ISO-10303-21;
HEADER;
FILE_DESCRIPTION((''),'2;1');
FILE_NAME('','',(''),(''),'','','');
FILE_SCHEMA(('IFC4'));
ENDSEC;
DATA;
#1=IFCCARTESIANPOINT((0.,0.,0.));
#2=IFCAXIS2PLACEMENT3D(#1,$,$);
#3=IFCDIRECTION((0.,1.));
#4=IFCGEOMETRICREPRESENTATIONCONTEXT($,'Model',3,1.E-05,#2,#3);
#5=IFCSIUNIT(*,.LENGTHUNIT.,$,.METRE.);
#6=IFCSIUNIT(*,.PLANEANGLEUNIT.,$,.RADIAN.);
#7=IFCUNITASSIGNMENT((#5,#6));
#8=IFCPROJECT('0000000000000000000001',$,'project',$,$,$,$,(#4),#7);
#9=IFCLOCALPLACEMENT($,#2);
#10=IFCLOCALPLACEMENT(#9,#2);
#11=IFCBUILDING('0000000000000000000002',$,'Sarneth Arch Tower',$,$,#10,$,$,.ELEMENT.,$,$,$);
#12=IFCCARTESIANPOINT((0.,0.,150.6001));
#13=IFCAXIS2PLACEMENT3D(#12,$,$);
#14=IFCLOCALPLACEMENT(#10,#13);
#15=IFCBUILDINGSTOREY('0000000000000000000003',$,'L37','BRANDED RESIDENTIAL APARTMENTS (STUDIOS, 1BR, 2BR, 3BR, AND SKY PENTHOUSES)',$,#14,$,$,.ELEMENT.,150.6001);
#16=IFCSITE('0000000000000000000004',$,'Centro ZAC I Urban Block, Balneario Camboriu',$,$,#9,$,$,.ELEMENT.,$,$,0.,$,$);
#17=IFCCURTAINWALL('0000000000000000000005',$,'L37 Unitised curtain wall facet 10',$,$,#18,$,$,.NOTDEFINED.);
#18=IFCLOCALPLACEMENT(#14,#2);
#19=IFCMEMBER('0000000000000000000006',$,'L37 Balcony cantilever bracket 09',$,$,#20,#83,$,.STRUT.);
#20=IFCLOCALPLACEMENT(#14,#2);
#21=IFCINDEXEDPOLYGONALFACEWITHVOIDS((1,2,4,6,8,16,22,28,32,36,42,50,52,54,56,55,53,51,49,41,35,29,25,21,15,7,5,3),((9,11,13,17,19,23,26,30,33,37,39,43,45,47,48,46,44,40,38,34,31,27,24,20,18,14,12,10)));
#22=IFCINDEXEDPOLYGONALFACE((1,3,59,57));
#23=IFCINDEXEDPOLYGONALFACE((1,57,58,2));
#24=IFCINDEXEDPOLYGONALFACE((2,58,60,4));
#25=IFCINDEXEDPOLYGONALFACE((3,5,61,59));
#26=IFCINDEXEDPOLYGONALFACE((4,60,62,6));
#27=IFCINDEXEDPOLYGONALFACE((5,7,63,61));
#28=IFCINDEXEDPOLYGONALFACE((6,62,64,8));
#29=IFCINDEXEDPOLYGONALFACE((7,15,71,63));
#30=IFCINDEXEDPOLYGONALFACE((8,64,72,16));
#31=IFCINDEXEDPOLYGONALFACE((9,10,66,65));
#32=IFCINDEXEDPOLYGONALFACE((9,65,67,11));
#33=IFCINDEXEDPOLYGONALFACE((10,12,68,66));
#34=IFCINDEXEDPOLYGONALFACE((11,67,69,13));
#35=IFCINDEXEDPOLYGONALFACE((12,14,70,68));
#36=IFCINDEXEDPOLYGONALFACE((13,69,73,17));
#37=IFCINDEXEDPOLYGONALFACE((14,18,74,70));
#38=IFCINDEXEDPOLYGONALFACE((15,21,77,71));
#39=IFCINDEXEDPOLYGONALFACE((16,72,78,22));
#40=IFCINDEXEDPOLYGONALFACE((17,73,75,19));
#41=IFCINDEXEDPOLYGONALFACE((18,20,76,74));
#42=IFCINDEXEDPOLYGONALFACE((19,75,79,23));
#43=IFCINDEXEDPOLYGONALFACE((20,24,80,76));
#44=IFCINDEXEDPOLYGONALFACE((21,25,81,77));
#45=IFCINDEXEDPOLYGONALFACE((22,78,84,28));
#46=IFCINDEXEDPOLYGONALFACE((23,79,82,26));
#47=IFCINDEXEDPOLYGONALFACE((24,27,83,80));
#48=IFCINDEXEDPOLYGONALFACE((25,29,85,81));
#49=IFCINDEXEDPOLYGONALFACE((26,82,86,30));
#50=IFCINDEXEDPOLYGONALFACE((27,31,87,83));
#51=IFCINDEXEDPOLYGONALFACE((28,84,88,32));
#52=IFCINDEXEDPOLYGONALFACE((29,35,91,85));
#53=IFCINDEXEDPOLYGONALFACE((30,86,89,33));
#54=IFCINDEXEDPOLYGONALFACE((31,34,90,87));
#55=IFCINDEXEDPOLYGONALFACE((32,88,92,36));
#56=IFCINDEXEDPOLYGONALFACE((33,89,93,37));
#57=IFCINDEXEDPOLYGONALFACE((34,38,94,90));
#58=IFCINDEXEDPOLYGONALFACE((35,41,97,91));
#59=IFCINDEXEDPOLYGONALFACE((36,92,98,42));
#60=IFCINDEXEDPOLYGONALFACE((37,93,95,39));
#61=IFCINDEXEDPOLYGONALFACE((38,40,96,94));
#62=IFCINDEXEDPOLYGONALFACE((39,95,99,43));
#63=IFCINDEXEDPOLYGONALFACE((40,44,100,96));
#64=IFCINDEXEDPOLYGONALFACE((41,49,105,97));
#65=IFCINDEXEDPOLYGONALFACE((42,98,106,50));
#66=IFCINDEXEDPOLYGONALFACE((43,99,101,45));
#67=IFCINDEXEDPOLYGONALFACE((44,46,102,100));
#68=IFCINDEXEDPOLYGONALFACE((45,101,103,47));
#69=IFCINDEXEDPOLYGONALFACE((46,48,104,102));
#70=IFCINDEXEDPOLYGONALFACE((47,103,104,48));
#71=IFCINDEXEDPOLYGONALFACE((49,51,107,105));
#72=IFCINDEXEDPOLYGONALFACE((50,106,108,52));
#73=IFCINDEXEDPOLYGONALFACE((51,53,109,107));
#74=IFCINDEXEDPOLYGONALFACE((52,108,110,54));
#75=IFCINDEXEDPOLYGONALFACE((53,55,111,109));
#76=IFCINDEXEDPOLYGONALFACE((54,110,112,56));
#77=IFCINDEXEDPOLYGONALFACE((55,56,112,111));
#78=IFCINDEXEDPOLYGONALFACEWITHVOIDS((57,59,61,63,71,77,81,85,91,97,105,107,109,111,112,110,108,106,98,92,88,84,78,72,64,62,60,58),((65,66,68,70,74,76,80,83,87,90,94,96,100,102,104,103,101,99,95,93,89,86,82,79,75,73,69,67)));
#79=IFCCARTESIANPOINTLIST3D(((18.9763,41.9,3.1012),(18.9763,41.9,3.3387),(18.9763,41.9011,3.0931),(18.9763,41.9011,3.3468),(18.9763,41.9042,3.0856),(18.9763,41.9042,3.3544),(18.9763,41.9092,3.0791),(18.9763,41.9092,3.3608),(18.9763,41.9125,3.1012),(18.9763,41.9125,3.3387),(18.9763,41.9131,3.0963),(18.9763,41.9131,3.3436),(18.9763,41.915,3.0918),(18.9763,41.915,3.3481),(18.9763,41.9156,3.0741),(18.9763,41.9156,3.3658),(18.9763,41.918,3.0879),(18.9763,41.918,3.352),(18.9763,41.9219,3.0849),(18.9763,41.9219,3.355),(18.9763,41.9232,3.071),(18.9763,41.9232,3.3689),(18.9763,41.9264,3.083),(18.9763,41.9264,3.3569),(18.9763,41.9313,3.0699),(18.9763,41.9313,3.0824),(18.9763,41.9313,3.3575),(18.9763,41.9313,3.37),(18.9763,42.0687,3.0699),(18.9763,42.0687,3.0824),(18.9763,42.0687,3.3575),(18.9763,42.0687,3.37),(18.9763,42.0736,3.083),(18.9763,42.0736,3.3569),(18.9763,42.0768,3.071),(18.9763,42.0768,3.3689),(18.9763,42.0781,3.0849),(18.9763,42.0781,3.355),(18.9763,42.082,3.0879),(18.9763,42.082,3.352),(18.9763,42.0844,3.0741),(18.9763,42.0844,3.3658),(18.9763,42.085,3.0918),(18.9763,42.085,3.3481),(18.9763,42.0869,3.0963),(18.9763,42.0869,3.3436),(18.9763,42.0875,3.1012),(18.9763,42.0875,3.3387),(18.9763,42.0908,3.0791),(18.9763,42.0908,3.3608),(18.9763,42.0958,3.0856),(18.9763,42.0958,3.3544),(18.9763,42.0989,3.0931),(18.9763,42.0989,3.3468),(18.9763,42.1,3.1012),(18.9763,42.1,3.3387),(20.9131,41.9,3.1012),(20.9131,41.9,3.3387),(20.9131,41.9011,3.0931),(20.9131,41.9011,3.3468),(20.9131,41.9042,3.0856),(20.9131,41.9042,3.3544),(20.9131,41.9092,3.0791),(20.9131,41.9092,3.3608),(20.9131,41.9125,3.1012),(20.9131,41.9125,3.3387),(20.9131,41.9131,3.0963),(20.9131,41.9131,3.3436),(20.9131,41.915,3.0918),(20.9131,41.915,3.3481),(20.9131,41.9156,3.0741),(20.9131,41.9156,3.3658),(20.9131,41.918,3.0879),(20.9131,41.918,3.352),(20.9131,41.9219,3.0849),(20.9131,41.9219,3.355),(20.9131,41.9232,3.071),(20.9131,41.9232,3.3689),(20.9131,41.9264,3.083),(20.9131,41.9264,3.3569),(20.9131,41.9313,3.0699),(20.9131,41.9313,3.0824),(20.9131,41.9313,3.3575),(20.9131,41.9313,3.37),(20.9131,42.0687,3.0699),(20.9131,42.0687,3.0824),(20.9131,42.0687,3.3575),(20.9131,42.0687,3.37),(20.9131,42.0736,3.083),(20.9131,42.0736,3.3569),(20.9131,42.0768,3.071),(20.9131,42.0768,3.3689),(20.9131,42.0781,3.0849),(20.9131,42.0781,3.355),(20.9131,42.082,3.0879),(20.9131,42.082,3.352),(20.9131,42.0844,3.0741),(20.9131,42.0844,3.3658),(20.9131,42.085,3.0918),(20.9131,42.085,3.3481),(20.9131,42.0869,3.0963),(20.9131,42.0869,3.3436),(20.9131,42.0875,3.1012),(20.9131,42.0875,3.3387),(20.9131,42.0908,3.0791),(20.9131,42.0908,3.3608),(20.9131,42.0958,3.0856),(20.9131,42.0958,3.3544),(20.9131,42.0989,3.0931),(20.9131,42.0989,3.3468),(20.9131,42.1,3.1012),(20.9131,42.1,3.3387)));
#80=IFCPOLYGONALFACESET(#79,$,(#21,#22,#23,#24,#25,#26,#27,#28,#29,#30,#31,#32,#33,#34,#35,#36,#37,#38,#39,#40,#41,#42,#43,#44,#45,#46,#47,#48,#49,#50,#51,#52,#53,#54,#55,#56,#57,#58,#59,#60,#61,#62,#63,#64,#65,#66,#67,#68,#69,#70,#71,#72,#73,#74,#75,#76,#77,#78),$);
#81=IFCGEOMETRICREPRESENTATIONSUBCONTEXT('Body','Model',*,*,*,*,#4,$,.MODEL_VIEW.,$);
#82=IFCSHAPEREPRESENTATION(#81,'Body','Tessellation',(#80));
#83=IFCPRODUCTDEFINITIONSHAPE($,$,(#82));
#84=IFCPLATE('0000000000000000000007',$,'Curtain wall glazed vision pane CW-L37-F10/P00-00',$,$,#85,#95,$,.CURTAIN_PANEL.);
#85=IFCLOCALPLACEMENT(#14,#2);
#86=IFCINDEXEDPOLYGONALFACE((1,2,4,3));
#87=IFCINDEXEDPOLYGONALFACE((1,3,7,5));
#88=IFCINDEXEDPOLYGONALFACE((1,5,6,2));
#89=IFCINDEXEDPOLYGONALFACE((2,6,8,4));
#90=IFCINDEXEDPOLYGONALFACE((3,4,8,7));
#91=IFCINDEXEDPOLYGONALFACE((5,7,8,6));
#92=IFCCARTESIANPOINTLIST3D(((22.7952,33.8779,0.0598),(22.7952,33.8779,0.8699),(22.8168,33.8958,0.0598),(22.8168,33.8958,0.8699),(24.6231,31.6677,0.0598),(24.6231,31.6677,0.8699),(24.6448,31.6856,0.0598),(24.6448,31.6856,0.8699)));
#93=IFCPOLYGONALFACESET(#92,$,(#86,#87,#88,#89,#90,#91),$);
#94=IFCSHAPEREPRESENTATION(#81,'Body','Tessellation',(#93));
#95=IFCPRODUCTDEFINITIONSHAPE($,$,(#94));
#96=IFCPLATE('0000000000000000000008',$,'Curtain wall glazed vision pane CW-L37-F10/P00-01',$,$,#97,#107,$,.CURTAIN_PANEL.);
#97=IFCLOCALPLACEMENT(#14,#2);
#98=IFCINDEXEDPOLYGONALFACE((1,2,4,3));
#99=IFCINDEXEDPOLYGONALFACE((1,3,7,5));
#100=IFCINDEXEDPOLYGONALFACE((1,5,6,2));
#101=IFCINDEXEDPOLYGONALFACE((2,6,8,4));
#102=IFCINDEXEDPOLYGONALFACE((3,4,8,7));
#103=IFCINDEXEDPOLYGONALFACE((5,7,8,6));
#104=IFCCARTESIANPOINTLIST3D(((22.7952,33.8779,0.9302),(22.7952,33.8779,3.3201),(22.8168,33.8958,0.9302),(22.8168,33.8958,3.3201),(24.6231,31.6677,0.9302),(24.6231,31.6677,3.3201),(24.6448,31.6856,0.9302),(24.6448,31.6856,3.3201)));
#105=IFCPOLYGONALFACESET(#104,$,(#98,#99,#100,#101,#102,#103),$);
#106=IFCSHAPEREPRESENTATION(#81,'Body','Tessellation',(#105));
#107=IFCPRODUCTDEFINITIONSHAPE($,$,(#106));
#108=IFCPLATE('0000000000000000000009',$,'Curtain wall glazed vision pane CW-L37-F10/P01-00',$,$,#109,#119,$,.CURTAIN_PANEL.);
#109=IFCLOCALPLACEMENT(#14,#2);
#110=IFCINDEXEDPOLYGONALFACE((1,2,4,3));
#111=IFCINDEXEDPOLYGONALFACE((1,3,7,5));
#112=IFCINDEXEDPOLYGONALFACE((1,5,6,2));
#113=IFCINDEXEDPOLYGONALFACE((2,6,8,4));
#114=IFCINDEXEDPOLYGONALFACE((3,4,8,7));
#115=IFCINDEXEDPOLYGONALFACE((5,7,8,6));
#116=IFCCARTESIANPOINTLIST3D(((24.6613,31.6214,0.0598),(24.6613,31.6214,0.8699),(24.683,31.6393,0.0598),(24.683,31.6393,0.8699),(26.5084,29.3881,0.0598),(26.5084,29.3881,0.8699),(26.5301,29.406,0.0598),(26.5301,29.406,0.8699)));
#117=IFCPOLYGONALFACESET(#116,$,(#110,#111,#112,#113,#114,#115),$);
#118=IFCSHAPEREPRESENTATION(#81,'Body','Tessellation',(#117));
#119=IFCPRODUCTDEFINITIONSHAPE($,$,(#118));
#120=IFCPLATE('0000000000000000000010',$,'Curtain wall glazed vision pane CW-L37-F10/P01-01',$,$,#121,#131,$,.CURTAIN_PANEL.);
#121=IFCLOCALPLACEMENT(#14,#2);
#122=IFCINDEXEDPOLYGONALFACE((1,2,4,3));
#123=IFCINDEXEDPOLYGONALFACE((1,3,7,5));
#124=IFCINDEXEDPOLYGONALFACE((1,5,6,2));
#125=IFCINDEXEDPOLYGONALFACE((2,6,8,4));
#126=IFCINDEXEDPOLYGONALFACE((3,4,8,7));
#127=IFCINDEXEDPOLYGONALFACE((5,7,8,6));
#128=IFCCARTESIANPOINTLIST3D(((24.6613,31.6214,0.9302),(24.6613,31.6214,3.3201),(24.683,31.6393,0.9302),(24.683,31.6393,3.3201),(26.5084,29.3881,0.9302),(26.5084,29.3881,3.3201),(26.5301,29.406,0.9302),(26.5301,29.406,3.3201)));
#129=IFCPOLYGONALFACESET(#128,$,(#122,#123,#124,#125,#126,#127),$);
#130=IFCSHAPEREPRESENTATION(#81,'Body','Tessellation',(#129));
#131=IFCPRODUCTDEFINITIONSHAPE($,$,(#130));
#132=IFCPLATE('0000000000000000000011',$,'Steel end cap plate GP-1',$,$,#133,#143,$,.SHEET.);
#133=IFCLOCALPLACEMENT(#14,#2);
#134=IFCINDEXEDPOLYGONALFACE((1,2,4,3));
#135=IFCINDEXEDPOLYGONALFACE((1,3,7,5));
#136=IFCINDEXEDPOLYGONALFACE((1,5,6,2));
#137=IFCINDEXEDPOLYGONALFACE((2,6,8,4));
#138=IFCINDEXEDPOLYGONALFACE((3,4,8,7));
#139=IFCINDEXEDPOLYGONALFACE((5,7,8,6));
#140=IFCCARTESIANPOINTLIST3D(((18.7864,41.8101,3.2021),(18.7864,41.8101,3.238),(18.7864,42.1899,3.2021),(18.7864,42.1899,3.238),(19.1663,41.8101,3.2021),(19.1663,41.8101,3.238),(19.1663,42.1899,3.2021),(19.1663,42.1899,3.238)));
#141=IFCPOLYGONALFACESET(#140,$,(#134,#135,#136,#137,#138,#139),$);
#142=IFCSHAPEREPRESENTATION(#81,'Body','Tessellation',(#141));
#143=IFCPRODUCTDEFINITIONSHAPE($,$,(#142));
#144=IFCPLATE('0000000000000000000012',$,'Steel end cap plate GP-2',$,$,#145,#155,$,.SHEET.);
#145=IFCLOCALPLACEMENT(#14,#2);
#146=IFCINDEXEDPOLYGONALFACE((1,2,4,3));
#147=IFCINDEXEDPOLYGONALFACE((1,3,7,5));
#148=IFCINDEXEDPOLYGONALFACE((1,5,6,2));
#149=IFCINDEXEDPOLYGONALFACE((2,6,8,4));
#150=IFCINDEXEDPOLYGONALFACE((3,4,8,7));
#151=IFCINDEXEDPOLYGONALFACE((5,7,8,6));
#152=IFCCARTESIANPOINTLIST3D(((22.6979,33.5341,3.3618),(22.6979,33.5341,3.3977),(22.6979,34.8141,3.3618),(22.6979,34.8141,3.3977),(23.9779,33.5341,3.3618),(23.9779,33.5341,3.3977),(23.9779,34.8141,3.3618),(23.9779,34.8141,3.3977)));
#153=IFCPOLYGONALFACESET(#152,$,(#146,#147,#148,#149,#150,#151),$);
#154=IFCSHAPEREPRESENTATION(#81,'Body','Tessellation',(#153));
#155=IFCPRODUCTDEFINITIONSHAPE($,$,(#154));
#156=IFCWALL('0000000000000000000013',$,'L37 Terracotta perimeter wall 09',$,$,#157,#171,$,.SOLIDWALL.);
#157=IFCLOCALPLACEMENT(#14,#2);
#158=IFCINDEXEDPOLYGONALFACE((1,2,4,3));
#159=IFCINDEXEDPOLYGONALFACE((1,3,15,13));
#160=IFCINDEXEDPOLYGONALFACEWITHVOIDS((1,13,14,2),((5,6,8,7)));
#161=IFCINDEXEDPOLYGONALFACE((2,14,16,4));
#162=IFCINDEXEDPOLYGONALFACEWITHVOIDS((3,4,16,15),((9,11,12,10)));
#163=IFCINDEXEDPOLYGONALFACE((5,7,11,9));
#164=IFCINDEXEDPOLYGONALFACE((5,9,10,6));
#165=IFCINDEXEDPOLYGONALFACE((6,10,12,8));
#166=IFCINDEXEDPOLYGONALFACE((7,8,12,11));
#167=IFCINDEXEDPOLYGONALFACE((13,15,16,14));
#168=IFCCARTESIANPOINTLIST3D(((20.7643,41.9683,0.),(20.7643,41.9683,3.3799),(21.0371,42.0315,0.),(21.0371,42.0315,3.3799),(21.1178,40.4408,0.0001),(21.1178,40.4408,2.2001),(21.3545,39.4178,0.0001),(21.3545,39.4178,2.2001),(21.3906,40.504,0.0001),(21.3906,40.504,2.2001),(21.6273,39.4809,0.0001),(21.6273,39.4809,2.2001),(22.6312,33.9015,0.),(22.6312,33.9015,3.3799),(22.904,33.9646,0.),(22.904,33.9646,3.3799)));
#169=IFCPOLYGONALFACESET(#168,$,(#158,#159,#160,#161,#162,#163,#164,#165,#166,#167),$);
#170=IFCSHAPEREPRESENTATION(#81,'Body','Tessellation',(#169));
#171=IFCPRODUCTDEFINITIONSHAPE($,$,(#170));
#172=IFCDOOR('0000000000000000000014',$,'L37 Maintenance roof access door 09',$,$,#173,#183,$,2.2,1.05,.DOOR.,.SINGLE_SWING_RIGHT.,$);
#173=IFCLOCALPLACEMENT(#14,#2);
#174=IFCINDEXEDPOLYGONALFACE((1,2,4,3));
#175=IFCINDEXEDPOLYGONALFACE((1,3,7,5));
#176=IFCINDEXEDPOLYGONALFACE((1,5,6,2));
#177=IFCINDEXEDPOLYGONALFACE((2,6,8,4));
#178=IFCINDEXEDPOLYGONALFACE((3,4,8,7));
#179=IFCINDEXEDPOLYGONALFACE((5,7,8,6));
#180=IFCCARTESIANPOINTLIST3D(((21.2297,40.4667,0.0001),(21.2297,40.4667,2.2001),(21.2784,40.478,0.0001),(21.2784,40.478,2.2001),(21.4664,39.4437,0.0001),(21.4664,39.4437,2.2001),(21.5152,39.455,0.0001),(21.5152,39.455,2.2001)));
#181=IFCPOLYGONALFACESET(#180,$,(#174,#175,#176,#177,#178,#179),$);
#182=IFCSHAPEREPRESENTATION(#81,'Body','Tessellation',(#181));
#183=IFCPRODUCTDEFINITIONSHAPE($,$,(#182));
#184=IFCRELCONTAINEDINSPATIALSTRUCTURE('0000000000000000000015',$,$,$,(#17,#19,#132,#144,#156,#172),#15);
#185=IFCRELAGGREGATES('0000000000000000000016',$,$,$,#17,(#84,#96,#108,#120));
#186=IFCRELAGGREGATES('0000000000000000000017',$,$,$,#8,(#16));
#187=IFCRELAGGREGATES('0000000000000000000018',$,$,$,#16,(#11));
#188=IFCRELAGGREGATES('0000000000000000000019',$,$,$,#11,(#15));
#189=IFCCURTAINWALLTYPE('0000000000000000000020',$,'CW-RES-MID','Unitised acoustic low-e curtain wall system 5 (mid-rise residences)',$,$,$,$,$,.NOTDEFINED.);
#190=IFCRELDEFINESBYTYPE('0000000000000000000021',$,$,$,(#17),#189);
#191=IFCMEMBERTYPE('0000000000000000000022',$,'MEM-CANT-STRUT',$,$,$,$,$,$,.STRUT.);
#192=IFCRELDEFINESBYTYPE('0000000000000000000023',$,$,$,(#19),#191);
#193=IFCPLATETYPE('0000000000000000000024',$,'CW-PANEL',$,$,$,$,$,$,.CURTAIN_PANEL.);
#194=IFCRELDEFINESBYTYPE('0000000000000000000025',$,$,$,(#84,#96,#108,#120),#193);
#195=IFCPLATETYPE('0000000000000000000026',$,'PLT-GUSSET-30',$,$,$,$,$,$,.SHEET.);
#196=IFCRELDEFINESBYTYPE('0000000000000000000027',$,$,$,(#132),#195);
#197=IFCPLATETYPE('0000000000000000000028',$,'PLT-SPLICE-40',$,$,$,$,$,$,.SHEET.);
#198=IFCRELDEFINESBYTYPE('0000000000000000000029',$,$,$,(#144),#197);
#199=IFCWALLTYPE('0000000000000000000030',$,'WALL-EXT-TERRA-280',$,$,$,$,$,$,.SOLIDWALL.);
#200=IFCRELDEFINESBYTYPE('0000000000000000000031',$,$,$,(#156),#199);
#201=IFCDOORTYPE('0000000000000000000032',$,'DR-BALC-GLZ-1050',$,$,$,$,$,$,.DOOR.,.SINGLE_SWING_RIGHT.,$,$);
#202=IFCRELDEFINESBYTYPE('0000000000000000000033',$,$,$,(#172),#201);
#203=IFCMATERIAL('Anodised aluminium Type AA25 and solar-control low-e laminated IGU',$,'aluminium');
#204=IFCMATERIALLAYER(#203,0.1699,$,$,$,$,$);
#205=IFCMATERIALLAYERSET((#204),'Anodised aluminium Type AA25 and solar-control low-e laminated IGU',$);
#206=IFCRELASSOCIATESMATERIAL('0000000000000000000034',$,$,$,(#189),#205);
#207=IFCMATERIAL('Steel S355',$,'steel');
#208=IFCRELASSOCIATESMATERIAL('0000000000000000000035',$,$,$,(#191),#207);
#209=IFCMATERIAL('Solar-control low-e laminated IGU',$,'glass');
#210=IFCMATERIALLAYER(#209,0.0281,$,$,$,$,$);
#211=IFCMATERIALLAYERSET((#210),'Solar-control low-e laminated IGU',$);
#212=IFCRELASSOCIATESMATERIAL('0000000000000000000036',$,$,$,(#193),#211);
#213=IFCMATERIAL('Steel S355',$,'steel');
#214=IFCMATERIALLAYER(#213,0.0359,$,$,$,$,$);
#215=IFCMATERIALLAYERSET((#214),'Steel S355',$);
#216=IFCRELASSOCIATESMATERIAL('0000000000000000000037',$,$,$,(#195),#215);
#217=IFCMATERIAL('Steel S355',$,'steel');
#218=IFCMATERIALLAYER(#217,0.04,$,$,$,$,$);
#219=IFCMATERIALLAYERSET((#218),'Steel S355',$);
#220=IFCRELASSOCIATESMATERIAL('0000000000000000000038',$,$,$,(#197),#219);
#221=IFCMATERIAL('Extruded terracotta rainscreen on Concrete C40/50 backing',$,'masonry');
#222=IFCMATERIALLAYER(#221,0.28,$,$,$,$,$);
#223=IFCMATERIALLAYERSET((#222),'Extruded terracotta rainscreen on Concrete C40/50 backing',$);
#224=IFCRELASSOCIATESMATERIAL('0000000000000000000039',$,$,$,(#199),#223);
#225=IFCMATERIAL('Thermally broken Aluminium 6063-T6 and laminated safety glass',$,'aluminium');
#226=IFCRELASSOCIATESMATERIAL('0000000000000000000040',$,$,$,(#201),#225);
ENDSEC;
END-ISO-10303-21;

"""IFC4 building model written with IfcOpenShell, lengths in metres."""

from ifc_helpers import new_model, si_unit, direction, frame, frame_2d, origin, origin_2d, place, context, subcontext, project, spatial, rectangle, hollow_rectangle, extrude, material, layer, layer_set, material_profile, profile_set, type_object, element, fill, aggregate, save


model = new_model("IFC4")

# Units and contexts
model_context = context("Model", 3, precision=1e-05, world=origin(), true_north=direction((0.0, 1.0)))
body_context = subcontext(model_context, "Body", "Model", "MODEL_VIEW")
ifc_project = project(units=[si_unit("LENGTHUNIT", "METRE"), si_unit("PLANEANGLEUNIT", "RADIAN")], contexts=[model_context])

# Site, building, storey
site_placement = place(None, origin())
site = spatial("IfcSite", under=ifc_project, at=site_placement, Name="Centro ZAC I Urban Block, Balneario Camboriu", CompositionType="ELEMENT", RefElevation=0.0)
building_placement = place(site_placement, origin())
building = spatial("IfcBuilding", under=site, at=building_placement, Name="Sarneth Arch Tower", CompositionType="ELEMENT")
storey_placement = place(building_placement, frame((0.0, 0.0, 150.6001)))
storey = spatial("IfcBuildingStorey", under=building, at=storey_placement, Name="L37", Description="BRANDED RESIDENTIAL APARTMENTS (STUDIOS, 1BR, 2BR, 3BR, AND SKY PENTHOUSES)", CompositionType="ELEMENT", Elevation=150.6001)

# Curtain wall
ifc_material_1 = material(Name="Anodised aluminium Type AA25 and solar-control low-e laminated IGU", Category="aluminium")
ifc_layer_1 = layer(ifc_material_1, 0.1699)
ifc_layer_set_1 = layer_set([ifc_layer_1], Name="Anodised aluminium Type AA25 and solar-control low-e laminated IGU")
curtain_wall_type = type_object("IfcCurtainWallType", Name="CW-RES-MID", Description="Unitised acoustic low-e curtain wall system 5 (mid-rise residences)", PredefinedType="NOTDEFINED", material=ifc_layer_set_1)
curtain_wall_placement = place(storey_placement, origin())
curtain_wall = element("IfcCurtainWall", 1, at=curtain_wall_placement, inside=storey, type_object=curtain_wall_type, Name="L37 Unitised curtain wall facet 10", PredefinedType="NOTDEFINED")

# Member
ifc_material_2 = material(Name="Steel S355", Category="steel")
ifc_material_profile_1 = material_profile(ifc_material_2, hollow_rectangle(XDim=0.2, YDim=0.3, WallThickness=0.0125, InnerFilletRadius=0.0188, OuterFilletRadius=0.0312, at=origin_2d()), Name="RHS300x200x12.5")
ifc_profile_set_1 = profile_set([ifc_material_profile_1], Name="Steel S355")
member_type_1 = type_object("IfcMemberType", Name="MEM-CANT-STRUT", PredefinedType="STRUT", material=ifc_profile_set_1)
member_1_placement = place(storey_placement, frame((20.9131, 42.0, 3.22), z_axis=(-1.0, 0.0, 0.0), x_axis=(0.0, -1.0, 0.0)))
element("IfcMember", 2, at=member_1_placement, inside=storey, type_object=member_type_1, Name="L37 Balcony cantilever bracket 09", PredefinedType="STRUT", context=body_context, shape_type="SweptSolid", body=[
    extrude(hollow_rectangle(XDim=0.2, YDim=0.3, WallThickness=0.0125, InnerFilletRadius=0.0188, OuterFilletRadius=0.0312, at=origin_2d()), origin(), (0.0, 0.0, 1.0), 1.9368),
])

# Plates
ifc_material_3 = material(Name="Solar-control low-e laminated IGU", Category="glass")
ifc_layer_2 = layer(ifc_material_3, 0.0281)
ifc_layer_set_2 = layer_set([ifc_layer_2], Name="Solar-control low-e laminated IGU")
plate_type_1 = type_object("IfcPlateType", Name="CW-PANEL", PredefinedType="CURTAIN_PANEL", material=ifc_layer_set_2)
plate_1_placement = place(storey_placement, frame((23.72, 32.7817, 0.0598), z_axis=(0.0, 0.0, 1.0), x_axis=(0.63733, -0.770591, 0.0)))
plate_1 = element("IfcPlate", 3, at=plate_1_placement, type_object=plate_type_1, Name="Curtain wall glazed vision pane CW-L37-F10/P00-00", PredefinedType="CURTAIN_PANEL", context=body_context, shape_type="SweptSolid", body=[
    extrude(rectangle(XDim=2.8682, YDim=0.0281, at=origin_2d()), origin(), (0.0, 0.0, 1.0), 0.8101),
])
plate_2_placement = place(storey_placement, frame((23.72, 32.7817, 0.9302), z_axis=(0.0, 0.0, 1.0), x_axis=(0.63733, -0.770591, 0.0)))
plate_2 = element("IfcPlate", 4, at=plate_2_placement, type_object=plate_type_1, Name="Curtain wall glazed vision pane CW-L37-F10/P00-01", PredefinedType="CURTAIN_PANEL", context=body_context, shape_type="SweptSolid", body=[
    extrude(rectangle(XDim=2.8682, YDim=0.0281, at=origin_2d()), origin(), (0.0, 0.0, 1.0), 2.3899),
])
plate_3_placement = place(storey_placement, frame((25.5957, 30.5137, 0.0598), z_axis=(0.0, 0.0, 1.0), x_axis=(0.63733, -0.770591, 0.0)))
plate_3 = element("IfcPlate", 5, at=plate_3_placement, type_object=plate_type_1, Name="Curtain wall glazed vision pane CW-L37-F10/P01-00", PredefinedType="CURTAIN_PANEL", context=body_context, shape_type="SweptSolid", body=[
    extrude(rectangle(XDim=2.8982, YDim=0.0281, at=origin_2d()), origin(), (0.0, 0.0, 1.0), 0.8101),
])
plate_4_placement = place(storey_placement, frame((25.5957, 30.5137, 0.9302), z_axis=(0.0, 0.0, 1.0), x_axis=(0.63733, -0.770591, 0.0)))
plate_4 = element("IfcPlate", 6, at=plate_4_placement, type_object=plate_type_1, Name="Curtain wall glazed vision pane CW-L37-F10/P01-01", PredefinedType="CURTAIN_PANEL", context=body_context, shape_type="SweptSolid", body=[
    extrude(rectangle(XDim=2.8982, YDim=0.0281, at=origin_2d()), origin(), (0.0, 0.0, 1.0), 2.3899),
])
aggregate(curtain_wall, [plate_1, plate_2, plate_3, plate_4])

# Plates
ifc_material_4 = material(Name="Steel S355", Category="steel")
ifc_layer_3 = layer(ifc_material_4, 0.0359)
ifc_layer_set_3 = layer_set([ifc_layer_3], Name="Steel S355")
plate_type_2 = type_object("IfcPlateType", Name="PLT-GUSSET-30", PredefinedType="SHEET", material=ifc_layer_set_3)
plate_5_placement = place(storey_placement, frame((18.9763, 42.0, 3.2021), z_axis=(0.0, 0.0, 1.0), x_axis=(-1.0, 0.0, 0.0)))
element("IfcPlate", 7, at=plate_5_placement, inside=storey, type_object=plate_type_2, Name="Steel end cap plate GP-1", PredefinedType="SHEET", context=body_context, shape_type="SweptSolid", body=[
    extrude(rectangle(XDim=0.3799, YDim=0.3799, at=origin_2d()), origin(), (0.0, 0.0, 1.0), 0.0359),
])
ifc_material_5 = material(Name="Steel S355", Category="steel")
ifc_layer_4 = layer(ifc_material_5, 0.04)
ifc_layer_set_4 = layer_set([ifc_layer_4], Name="Steel S355")
plate_type_3 = type_object("IfcPlateType", Name="PLT-SPLICE-40", PredefinedType="SHEET", material=ifc_layer_set_4)
plate_6_placement = place(storey_placement, frame((23.3379, 34.1741, 3.3618), z_axis=(0.0, 0.0, 1.0), x_axis=(1.0, 0.0, 0.0)))
element("IfcPlate", 8, at=plate_6_placement, inside=storey, type_object=plate_type_3, Name="Steel end cap plate GP-2", PredefinedType="SHEET", context=body_context, shape_type="SweptSolid", body=[
    extrude(rectangle(XDim=1.28, YDim=1.28, at=origin_2d()), origin(), (0.0, 0.0, 1.0), 0.0359),
])

# Wall, opening, door
ifc_material_6 = material(Name="Extruded terracotta rainscreen on Concrete C40/50 backing", Category="masonry")
ifc_layer_5 = layer(ifc_material_6, 0.28)
ifc_layer_set_5 = layer_set([ifc_layer_5], Name="Extruded terracotta rainscreen on Concrete C40/50 backing")
wall_type_1 = type_object("IfcWallType", Name="WALL-EXT-TERRA-280", PredefinedType="SOLIDWALL", material=ifc_layer_set_5)
wall_1_placement = place(storey_placement, frame((20.9006, 42.0, 0.0), z_axis=(0.0, 0.0, 1.0), x_axis=(0.225473, -0.974249, 0.0)))
wall_1 = element("IfcWall", 9, at=wall_1_placement, inside=storey, type_object=wall_type_1, Name="L37 Terracotta perimeter wall 09", PredefinedType="SOLIDWALL", context=body_context, shape_type="SweptSolid", body=[
    extrude(rectangle(XDim=8.28, YDim=0.28, at=frame_2d((4.1401, 0.0))), origin(), (0.0, 0.0, 1.0), 3.3799),
])
opening_1_placement = place(wall_1_placement, frame((1.5681, 0.0, 0.0)))
opening_1 = element("IfcOpeningElement", 10, at=opening_1_placement, cuts=wall_1, PredefinedType="OPENING", context=body_context, shape_type="SweptSolid", body=[
    extrude(rectangle(XDim=1.05, YDim=2.2, at=frame_2d((0.5249, 1.1001))), frame((0.0, 0.1499, 0.0), z_axis=(0.0, -1.0, 0.0), x_axis=(1.0, 0.0, 0.0)), (0.0, 0.0, 1.0), 0.3),
])
ifc_material_7 = material(Name="Thermally broken Aluminium 6063-T6 and laminated safety glass", Category="aluminium")
door_type_1 = type_object("IfcDoorType", Name="DR-BALC-GLZ-1050", OperationType="SINGLE_SWING_RIGHT", PredefinedType="DOOR", material=ifc_material_7)
door_1_placement = place(opening_1_placement, origin())
door_1 = element("IfcDoor", 11, at=door_1_placement, inside=storey, type_object=door_type_1, Name="L37 Maintenance roof access door 09", OperationType="SINGLE_SWING_RIGHT", OverallHeight=2.2, OverallWidth=1.05, PredefinedType="DOOR", context=body_context, shape_type="SweptSolid", body=[
    extrude(rectangle(XDim=1.05, YDim=2.2, at=frame_2d((0.5249, 1.1001))), frame((0.0, 0.0249, 0.0), z_axis=(0.0, -1.0, 0.0), x_axis=(1.0, 0.0, 0.0)), (0.0, 0.0, 1.0), 0.05),
])
fill(opening_1, door_1)

save(model, "model.ifc")
